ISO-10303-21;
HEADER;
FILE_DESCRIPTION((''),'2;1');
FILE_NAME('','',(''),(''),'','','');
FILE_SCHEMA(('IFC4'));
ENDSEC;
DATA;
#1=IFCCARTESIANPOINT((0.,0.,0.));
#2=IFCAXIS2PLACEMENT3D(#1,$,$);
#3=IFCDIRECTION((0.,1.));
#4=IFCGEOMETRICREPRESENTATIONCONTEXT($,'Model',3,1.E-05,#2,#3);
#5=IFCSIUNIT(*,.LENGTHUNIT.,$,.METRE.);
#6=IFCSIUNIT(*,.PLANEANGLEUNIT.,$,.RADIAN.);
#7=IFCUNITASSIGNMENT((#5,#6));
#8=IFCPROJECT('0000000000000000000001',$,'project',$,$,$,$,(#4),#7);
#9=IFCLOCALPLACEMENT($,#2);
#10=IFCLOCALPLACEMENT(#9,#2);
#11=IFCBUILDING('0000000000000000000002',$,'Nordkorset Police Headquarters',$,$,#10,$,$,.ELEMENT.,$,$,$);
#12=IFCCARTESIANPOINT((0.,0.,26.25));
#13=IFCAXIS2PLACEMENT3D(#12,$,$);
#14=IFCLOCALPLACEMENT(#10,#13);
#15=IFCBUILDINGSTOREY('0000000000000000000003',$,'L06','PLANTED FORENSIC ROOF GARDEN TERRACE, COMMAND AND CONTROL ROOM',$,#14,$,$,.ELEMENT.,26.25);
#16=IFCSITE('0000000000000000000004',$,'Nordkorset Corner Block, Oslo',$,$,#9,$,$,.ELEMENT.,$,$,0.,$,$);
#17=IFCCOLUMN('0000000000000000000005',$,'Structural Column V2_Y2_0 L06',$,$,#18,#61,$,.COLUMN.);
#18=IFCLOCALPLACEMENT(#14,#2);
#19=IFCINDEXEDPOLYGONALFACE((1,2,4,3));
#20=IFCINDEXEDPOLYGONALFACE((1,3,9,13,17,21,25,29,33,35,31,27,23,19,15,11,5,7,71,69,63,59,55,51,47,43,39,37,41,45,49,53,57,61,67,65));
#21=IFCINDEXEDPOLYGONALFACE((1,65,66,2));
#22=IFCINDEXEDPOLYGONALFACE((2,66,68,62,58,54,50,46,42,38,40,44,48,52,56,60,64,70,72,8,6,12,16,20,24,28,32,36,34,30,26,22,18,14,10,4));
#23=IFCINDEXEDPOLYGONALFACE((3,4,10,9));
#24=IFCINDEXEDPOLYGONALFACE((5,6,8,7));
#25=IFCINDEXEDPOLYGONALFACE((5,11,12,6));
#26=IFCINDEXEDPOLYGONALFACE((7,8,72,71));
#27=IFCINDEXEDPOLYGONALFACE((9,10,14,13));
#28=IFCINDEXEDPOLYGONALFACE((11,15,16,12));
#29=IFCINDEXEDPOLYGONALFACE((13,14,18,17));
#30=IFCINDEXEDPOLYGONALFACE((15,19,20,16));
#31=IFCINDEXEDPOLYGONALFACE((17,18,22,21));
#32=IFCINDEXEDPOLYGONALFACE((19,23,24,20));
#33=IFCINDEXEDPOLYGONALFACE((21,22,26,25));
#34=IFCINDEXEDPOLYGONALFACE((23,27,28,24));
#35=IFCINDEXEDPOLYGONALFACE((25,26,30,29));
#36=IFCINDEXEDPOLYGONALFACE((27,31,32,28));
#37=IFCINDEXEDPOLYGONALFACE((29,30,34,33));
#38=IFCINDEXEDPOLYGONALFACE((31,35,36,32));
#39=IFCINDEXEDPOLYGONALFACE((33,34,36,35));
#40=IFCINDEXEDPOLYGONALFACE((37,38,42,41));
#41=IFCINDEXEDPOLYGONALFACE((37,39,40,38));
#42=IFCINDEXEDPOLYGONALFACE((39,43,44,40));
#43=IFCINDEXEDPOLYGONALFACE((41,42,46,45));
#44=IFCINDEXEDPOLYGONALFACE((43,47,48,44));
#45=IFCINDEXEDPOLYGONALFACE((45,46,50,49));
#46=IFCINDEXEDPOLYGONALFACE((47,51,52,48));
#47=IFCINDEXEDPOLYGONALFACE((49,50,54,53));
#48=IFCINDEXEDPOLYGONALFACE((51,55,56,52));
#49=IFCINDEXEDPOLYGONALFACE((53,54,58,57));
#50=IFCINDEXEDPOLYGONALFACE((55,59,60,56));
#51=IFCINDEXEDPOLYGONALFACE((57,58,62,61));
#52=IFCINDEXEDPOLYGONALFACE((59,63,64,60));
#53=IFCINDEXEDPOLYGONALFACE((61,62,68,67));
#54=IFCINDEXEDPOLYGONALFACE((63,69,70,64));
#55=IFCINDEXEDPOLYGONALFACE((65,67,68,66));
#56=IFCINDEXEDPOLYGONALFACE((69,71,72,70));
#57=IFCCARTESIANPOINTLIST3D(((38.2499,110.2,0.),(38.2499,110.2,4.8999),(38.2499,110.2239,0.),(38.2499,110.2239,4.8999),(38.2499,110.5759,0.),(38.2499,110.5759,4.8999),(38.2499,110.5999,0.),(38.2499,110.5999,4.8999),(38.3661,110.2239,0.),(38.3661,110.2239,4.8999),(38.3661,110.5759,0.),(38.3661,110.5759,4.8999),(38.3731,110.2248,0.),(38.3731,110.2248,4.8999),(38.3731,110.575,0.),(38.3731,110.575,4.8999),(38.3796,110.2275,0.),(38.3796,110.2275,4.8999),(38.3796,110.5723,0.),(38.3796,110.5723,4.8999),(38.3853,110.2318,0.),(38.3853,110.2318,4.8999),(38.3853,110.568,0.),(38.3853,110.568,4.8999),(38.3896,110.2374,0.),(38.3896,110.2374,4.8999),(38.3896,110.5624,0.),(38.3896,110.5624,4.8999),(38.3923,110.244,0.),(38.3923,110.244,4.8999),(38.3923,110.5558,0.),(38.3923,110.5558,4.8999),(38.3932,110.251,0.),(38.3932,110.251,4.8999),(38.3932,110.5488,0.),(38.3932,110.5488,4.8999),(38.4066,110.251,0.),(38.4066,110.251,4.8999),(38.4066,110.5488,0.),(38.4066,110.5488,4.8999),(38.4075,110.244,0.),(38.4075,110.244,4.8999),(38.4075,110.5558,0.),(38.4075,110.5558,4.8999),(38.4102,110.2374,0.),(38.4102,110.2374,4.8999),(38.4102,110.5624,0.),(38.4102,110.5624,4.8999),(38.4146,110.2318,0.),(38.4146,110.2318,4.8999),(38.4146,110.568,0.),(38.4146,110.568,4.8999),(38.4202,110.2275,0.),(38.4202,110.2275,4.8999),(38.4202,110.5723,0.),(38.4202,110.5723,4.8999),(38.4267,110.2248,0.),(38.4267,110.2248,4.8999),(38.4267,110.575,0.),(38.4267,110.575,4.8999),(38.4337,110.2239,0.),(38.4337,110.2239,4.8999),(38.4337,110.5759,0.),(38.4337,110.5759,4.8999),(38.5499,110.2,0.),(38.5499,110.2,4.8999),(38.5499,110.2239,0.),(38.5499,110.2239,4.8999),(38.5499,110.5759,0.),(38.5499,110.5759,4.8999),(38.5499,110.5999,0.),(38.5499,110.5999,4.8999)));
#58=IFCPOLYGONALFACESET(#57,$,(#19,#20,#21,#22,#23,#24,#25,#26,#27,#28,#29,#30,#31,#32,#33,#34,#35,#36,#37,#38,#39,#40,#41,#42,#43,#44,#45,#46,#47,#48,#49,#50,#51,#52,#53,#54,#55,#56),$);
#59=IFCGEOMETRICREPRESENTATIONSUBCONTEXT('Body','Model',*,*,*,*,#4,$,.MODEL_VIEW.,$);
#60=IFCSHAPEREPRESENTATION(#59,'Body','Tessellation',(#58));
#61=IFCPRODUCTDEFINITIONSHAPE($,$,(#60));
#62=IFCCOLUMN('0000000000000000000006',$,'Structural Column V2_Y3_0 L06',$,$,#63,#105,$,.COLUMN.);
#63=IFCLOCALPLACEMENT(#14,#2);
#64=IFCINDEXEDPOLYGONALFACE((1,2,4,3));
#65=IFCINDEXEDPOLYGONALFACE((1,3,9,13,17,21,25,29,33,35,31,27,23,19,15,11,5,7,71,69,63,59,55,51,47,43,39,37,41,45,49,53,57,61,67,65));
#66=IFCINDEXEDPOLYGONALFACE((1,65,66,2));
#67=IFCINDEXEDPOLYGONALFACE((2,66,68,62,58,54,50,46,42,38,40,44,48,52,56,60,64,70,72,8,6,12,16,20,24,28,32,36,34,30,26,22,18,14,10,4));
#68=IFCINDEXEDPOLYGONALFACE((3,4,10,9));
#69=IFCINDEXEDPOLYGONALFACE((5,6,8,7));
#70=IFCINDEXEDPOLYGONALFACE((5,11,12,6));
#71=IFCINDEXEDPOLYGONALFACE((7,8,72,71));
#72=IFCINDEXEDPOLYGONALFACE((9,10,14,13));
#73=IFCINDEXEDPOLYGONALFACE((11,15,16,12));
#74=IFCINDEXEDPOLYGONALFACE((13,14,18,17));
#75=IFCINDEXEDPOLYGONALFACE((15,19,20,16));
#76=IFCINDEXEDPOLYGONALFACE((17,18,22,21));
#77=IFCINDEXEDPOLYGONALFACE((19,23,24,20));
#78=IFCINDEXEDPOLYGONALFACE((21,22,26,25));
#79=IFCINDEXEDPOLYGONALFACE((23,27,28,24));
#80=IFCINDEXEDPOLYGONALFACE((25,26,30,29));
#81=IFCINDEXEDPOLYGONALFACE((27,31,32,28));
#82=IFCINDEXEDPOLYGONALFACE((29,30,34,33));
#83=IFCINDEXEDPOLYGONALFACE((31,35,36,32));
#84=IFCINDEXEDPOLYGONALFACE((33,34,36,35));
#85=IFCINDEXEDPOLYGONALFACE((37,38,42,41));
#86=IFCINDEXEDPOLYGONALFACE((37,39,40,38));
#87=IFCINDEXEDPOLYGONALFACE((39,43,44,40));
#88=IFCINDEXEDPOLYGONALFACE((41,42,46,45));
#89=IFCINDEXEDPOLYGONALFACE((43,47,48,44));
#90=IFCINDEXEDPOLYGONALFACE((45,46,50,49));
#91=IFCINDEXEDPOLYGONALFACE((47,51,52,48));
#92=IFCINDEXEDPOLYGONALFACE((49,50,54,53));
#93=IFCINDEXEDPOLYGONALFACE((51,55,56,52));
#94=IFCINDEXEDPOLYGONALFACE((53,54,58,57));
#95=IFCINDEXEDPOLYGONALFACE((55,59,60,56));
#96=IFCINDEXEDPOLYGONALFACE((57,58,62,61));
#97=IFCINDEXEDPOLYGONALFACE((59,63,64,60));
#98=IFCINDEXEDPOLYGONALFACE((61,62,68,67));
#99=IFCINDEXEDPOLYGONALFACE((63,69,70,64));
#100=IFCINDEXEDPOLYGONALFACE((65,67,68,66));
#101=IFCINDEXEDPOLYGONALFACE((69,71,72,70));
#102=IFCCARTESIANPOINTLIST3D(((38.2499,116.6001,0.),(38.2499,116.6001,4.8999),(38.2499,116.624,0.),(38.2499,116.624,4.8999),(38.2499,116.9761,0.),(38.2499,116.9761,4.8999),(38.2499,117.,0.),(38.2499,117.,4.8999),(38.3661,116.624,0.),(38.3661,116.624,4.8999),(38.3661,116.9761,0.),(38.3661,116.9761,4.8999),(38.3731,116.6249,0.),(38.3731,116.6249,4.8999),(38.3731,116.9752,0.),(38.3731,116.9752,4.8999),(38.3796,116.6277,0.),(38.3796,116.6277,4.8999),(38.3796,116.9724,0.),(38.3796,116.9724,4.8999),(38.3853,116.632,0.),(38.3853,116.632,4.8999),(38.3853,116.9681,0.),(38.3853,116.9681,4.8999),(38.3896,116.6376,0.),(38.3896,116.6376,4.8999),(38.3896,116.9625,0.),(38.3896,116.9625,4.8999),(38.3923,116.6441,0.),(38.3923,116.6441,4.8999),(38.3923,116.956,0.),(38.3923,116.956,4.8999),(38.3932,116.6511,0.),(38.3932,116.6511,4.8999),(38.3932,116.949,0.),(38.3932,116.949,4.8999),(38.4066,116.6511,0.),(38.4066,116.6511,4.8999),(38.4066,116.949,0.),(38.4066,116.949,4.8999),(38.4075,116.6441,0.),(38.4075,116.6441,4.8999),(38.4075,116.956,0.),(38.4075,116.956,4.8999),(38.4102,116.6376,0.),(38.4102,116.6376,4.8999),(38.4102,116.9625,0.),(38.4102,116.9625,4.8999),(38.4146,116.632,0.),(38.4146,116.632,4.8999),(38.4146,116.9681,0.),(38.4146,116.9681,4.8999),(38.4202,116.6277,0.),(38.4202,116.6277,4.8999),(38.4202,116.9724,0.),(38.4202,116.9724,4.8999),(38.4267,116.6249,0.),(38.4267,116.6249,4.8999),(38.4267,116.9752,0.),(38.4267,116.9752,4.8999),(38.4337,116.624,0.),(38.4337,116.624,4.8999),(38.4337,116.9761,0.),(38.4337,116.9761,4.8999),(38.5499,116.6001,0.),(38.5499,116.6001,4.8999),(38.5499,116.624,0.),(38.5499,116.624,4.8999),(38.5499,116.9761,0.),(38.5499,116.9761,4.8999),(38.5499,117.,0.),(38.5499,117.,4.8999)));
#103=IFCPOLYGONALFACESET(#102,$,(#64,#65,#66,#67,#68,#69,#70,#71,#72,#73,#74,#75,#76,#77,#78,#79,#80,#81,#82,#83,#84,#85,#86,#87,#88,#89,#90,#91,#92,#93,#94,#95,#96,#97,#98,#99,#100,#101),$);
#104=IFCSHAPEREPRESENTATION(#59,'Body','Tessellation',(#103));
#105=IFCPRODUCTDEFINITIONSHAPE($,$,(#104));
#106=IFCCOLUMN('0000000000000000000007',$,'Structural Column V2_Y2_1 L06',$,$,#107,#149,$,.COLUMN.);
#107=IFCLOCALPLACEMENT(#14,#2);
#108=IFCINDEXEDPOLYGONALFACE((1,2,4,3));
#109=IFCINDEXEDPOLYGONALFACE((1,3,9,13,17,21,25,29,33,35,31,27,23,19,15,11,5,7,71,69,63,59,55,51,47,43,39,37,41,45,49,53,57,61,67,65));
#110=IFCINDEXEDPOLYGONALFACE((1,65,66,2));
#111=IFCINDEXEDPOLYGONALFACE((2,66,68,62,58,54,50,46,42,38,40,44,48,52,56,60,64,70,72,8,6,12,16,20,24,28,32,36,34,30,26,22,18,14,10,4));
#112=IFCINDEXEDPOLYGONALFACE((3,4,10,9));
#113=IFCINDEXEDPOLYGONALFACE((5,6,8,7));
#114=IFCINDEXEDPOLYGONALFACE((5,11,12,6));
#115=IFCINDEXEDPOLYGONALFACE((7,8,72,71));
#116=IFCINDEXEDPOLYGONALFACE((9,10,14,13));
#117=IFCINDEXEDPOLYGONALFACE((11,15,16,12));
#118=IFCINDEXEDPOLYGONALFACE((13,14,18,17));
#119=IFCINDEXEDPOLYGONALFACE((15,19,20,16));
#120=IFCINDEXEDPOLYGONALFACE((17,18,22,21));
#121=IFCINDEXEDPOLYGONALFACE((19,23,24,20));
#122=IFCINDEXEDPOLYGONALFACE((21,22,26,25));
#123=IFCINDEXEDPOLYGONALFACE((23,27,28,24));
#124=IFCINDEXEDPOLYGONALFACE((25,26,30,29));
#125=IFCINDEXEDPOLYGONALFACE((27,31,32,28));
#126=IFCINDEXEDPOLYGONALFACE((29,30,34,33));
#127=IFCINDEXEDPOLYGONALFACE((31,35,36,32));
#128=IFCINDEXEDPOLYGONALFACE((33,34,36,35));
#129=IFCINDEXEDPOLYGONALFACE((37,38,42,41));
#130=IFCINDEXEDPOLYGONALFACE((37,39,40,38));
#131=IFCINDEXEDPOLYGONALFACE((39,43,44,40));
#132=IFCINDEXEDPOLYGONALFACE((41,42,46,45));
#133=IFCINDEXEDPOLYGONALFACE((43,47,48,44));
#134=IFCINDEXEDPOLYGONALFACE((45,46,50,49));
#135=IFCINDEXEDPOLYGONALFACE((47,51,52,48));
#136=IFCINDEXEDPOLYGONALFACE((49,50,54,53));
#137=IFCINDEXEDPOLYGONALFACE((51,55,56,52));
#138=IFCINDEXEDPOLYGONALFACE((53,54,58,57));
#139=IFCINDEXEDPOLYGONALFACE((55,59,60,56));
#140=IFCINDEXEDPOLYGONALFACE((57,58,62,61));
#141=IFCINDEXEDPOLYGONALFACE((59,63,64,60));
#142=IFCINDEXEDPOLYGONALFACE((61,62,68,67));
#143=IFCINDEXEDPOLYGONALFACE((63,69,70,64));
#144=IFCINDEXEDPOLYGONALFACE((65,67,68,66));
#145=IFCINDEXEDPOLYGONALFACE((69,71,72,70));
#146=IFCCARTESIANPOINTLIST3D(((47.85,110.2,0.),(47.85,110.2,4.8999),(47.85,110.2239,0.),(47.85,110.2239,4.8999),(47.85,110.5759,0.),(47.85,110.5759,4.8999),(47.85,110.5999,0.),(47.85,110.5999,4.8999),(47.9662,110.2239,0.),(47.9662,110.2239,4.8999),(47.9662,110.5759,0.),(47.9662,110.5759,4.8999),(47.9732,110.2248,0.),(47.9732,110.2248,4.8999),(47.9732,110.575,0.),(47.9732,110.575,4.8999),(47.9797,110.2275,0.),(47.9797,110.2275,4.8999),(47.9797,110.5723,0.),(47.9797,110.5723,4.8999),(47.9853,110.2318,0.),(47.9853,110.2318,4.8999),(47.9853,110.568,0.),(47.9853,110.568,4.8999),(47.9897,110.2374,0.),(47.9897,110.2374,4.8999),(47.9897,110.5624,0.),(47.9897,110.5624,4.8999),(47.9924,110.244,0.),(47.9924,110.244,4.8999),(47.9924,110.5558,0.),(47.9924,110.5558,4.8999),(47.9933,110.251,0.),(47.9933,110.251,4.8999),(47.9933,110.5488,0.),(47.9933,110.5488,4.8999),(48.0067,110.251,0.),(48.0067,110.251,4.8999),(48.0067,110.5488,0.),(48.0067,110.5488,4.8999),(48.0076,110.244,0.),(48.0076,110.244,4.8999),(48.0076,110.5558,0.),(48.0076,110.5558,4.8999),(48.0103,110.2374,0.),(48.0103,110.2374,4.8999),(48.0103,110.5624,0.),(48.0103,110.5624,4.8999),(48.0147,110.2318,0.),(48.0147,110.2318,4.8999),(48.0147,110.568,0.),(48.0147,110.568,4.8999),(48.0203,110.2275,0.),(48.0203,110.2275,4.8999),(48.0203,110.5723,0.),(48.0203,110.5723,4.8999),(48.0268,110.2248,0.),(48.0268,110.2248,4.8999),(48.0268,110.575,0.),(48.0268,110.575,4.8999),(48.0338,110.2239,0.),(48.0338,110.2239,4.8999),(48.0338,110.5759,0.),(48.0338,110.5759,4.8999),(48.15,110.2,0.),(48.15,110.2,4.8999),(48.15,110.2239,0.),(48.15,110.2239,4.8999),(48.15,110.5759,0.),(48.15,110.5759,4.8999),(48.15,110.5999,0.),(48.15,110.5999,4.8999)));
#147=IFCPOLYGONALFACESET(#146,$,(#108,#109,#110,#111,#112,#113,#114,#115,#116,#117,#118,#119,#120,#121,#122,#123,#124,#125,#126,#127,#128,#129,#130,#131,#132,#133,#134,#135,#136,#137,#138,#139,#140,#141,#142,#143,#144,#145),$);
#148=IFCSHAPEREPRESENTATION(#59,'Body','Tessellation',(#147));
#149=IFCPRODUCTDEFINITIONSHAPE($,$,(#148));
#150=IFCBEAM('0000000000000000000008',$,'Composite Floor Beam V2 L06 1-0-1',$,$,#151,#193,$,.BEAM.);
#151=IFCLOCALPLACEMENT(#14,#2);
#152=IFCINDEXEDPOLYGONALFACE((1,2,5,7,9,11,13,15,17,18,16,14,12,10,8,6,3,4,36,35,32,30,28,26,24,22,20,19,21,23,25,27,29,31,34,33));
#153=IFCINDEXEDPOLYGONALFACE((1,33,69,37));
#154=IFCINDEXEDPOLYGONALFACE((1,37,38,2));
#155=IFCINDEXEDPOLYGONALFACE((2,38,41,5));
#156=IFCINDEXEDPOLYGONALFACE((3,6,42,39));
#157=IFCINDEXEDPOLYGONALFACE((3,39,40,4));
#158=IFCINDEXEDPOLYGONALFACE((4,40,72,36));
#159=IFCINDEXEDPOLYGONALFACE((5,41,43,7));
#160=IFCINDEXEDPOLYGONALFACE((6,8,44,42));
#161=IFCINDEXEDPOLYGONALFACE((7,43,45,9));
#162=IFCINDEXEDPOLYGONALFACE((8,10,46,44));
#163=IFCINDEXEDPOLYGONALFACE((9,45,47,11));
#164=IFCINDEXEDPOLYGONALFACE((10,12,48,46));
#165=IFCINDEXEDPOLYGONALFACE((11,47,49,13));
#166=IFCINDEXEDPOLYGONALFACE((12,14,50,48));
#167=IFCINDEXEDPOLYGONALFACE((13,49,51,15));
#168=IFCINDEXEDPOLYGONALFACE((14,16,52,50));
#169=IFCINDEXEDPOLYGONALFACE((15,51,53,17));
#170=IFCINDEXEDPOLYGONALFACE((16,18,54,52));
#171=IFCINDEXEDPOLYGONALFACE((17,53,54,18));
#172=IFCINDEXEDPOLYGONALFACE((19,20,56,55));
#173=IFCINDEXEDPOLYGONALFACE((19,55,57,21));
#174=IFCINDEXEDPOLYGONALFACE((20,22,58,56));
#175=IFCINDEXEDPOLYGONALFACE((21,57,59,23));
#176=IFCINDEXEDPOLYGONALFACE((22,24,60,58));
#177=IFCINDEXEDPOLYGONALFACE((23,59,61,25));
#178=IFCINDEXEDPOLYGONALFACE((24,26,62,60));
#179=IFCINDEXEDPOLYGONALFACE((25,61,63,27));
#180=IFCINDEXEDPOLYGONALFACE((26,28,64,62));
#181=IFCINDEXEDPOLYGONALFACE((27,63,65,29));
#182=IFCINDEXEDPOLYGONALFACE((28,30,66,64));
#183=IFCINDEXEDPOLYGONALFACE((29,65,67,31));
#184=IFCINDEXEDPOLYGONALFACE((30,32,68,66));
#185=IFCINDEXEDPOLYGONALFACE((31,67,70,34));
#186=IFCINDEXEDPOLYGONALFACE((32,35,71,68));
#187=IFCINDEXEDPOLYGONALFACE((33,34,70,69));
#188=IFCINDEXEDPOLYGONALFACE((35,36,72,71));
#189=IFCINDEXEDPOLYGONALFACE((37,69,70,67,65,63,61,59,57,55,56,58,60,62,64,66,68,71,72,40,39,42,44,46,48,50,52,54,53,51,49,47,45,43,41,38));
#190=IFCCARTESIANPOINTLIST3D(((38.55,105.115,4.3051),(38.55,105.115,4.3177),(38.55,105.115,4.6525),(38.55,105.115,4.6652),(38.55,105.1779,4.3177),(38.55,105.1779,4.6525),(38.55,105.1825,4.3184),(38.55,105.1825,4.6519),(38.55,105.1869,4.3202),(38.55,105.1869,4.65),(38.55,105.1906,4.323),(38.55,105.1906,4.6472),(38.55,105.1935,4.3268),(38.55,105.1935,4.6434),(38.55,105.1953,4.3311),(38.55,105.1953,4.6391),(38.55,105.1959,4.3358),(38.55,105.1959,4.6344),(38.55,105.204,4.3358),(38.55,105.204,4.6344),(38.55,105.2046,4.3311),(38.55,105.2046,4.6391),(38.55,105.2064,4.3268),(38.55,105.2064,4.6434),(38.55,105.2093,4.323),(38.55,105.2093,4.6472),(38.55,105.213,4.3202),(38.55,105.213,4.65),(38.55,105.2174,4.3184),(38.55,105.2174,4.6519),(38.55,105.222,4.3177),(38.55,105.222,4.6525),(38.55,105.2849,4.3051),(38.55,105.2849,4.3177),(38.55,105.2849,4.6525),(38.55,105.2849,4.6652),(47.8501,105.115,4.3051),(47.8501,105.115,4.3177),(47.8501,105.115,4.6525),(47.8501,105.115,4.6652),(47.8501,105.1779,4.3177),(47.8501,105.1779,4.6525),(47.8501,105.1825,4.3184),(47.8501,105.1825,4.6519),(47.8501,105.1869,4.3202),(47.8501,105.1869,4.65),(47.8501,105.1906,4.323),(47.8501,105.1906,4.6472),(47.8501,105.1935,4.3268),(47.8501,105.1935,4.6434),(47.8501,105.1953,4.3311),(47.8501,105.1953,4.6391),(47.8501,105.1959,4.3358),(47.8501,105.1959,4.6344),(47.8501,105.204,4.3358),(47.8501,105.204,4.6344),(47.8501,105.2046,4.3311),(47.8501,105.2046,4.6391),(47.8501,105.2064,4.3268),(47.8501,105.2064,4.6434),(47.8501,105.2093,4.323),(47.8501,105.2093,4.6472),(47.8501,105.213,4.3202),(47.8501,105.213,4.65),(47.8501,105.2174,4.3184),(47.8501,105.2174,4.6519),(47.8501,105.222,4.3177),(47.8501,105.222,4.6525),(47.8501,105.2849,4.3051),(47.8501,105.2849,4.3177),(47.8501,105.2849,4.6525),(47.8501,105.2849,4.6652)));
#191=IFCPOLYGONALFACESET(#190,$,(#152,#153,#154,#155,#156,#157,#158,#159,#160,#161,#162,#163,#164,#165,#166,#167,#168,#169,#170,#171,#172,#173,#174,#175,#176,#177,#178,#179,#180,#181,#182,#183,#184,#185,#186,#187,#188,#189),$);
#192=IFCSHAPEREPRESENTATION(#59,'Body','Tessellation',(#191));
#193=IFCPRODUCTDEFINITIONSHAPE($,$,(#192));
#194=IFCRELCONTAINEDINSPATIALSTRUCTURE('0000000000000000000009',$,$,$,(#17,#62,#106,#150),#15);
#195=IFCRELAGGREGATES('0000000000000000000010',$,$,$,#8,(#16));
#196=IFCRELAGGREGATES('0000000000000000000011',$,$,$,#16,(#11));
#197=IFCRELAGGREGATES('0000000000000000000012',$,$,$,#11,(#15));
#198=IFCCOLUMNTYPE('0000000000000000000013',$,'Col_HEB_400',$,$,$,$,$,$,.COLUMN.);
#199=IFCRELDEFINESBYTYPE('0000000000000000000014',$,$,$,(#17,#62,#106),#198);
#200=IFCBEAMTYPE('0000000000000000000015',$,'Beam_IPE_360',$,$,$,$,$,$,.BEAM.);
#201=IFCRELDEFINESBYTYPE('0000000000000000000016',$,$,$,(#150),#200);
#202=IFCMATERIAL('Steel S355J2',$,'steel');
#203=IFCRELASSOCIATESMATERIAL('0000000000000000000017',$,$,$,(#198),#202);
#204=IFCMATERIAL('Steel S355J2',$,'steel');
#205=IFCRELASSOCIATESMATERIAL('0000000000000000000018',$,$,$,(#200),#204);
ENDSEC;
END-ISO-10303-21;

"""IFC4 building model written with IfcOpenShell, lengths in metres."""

from ifc_helpers import new_model, si_unit, direction, frame, origin, origin_2d, place, context, subcontext, project, spatial, i_section, extrude, material, material_profile, profile_set, type_object, element, save


model = new_model("IFC4")

# Units and contexts
model_context = context("Model", 3, precision=1e-05, world=origin(), true_north=direction((0.0, 1.0)))
body_context = subcontext(model_context, "Body", "Model", "MODEL_VIEW")
ifc_project = project(units=[si_unit("LENGTHUNIT", "METRE"), si_unit("PLANEANGLEUNIT", "RADIAN")], contexts=[model_context])

# Site, building, storey
site_placement = place(None, origin())
site = spatial("IfcSite", under=ifc_project, at=site_placement, Name="Nordkorset Corner Block, Oslo", CompositionType="ELEMENT", RefElevation=0.0)
building_placement = place(site_placement, origin())
building = spatial("IfcBuilding", under=site, at=building_placement, Name="Nordkorset Police Headquarters", CompositionType="ELEMENT")
storey_placement = place(building_placement, frame((0.0, 0.0, 26.25)))
storey = spatial("IfcBuildingStorey", under=building, at=storey_placement, Name="L06", Description="PLANTED FORENSIC ROOF GARDEN TERRACE, COMMAND AND CONTROL ROOM", CompositionType="ELEMENT", Elevation=26.25)

# Columns
ifc_material_1 = material(Name="Steel S355J2", Category="steel")
ifc_material_profile_1 = material_profile(ifc_material_1, i_section(OverallWidth=0.3, OverallDepth=0.3999, WebThickness=0.0134, FlangeThickness=0.0239, FilletRadius=0.0271, at=origin_2d()), Name="HEB 400")
ifc_profile_set_1 = profile_set([ifc_material_profile_1], Name="Steel S355J2")
column_type = type_object("IfcColumnType", Name="Col_HEB_400", PredefinedType="COLUMN", material=ifc_profile_set_1)
for number, where, z_axis, x_axis, name in (
    (1, (38.3999, 110.3999, 0.0), (0.0, 0.0, 1.0), (1.0, 0.0, 0.0), "Structural Column V2_Y2_0 L06"),
    (2, (38.3999, 116.8, 0.0), (0.0, 0.0, 1.0), (1.0, 0.0, 0.0), "Structural Column V2_Y3_0 L06"),
    (3, (48.0, 110.3999, 0.0), (0.0, 0.0, 1.0), (1.0, 0.0, 0.0), "Structural Column V2_Y2_1 L06"),
):
    element("IfcColumn", number, at=place(storey_placement, frame(where, z_axis=z_axis, x_axis=x_axis)), inside=storey, type_object=column_type, Name=name, PredefinedType="COLUMN", context=body_context, shape_type="SweptSolid", body=[
        extrude(i_section(OverallWidth=0.3, OverallDepth=0.3999, WebThickness=0.0134, FlangeThickness=0.0239, FilletRadius=0.0271, at=origin_2d()), origin(), (0.0, 0.0, 1.0), 4.8999),
    ])

# Beam
ifc_material_2 = material(Name="Steel S355J2", Category="steel")
ifc_material_profile_2 = material_profile(ifc_material_2, i_section(OverallWidth=0.1699, OverallDepth=0.3601, WebThickness=0.0081, FlangeThickness=0.0127, FilletRadius=0.0181, at=origin_2d()), Name="IPE 360")
ifc_profile_set_2 = profile_set([ifc_material_profile_2], Name="Steel S355J2")
beam_type_1 = type_object("IfcBeamType", Name="Beam_IPE_360", PredefinedType="BEAM", material=ifc_profile_set_2)
for number, where, z_axis, x_axis, name in (
    (4, (38.55, 105.2, 4.4851), (1.0, 0.0, 0.0), (0.0, 1.0, 0.0), "Composite Floor Beam V2 L06 1-0-1"),
):
    element("IfcBeam", number, at=place(storey_placement, frame(where, z_axis=z_axis, x_axis=x_axis)), inside=storey, type_object=beam_type_1, Name=name, PredefinedType="BEAM", context=body_context, shape_type="SweptSolid", body=[
        extrude(i_section(OverallWidth=0.1699, OverallDepth=0.3601, WebThickness=0.0081, FlangeThickness=0.0127, FilletRadius=0.0181, at=origin_2d()), origin(), (0.0, 0.0, 1.0), 9.3),
    ])

save(model, "model.ifc")
